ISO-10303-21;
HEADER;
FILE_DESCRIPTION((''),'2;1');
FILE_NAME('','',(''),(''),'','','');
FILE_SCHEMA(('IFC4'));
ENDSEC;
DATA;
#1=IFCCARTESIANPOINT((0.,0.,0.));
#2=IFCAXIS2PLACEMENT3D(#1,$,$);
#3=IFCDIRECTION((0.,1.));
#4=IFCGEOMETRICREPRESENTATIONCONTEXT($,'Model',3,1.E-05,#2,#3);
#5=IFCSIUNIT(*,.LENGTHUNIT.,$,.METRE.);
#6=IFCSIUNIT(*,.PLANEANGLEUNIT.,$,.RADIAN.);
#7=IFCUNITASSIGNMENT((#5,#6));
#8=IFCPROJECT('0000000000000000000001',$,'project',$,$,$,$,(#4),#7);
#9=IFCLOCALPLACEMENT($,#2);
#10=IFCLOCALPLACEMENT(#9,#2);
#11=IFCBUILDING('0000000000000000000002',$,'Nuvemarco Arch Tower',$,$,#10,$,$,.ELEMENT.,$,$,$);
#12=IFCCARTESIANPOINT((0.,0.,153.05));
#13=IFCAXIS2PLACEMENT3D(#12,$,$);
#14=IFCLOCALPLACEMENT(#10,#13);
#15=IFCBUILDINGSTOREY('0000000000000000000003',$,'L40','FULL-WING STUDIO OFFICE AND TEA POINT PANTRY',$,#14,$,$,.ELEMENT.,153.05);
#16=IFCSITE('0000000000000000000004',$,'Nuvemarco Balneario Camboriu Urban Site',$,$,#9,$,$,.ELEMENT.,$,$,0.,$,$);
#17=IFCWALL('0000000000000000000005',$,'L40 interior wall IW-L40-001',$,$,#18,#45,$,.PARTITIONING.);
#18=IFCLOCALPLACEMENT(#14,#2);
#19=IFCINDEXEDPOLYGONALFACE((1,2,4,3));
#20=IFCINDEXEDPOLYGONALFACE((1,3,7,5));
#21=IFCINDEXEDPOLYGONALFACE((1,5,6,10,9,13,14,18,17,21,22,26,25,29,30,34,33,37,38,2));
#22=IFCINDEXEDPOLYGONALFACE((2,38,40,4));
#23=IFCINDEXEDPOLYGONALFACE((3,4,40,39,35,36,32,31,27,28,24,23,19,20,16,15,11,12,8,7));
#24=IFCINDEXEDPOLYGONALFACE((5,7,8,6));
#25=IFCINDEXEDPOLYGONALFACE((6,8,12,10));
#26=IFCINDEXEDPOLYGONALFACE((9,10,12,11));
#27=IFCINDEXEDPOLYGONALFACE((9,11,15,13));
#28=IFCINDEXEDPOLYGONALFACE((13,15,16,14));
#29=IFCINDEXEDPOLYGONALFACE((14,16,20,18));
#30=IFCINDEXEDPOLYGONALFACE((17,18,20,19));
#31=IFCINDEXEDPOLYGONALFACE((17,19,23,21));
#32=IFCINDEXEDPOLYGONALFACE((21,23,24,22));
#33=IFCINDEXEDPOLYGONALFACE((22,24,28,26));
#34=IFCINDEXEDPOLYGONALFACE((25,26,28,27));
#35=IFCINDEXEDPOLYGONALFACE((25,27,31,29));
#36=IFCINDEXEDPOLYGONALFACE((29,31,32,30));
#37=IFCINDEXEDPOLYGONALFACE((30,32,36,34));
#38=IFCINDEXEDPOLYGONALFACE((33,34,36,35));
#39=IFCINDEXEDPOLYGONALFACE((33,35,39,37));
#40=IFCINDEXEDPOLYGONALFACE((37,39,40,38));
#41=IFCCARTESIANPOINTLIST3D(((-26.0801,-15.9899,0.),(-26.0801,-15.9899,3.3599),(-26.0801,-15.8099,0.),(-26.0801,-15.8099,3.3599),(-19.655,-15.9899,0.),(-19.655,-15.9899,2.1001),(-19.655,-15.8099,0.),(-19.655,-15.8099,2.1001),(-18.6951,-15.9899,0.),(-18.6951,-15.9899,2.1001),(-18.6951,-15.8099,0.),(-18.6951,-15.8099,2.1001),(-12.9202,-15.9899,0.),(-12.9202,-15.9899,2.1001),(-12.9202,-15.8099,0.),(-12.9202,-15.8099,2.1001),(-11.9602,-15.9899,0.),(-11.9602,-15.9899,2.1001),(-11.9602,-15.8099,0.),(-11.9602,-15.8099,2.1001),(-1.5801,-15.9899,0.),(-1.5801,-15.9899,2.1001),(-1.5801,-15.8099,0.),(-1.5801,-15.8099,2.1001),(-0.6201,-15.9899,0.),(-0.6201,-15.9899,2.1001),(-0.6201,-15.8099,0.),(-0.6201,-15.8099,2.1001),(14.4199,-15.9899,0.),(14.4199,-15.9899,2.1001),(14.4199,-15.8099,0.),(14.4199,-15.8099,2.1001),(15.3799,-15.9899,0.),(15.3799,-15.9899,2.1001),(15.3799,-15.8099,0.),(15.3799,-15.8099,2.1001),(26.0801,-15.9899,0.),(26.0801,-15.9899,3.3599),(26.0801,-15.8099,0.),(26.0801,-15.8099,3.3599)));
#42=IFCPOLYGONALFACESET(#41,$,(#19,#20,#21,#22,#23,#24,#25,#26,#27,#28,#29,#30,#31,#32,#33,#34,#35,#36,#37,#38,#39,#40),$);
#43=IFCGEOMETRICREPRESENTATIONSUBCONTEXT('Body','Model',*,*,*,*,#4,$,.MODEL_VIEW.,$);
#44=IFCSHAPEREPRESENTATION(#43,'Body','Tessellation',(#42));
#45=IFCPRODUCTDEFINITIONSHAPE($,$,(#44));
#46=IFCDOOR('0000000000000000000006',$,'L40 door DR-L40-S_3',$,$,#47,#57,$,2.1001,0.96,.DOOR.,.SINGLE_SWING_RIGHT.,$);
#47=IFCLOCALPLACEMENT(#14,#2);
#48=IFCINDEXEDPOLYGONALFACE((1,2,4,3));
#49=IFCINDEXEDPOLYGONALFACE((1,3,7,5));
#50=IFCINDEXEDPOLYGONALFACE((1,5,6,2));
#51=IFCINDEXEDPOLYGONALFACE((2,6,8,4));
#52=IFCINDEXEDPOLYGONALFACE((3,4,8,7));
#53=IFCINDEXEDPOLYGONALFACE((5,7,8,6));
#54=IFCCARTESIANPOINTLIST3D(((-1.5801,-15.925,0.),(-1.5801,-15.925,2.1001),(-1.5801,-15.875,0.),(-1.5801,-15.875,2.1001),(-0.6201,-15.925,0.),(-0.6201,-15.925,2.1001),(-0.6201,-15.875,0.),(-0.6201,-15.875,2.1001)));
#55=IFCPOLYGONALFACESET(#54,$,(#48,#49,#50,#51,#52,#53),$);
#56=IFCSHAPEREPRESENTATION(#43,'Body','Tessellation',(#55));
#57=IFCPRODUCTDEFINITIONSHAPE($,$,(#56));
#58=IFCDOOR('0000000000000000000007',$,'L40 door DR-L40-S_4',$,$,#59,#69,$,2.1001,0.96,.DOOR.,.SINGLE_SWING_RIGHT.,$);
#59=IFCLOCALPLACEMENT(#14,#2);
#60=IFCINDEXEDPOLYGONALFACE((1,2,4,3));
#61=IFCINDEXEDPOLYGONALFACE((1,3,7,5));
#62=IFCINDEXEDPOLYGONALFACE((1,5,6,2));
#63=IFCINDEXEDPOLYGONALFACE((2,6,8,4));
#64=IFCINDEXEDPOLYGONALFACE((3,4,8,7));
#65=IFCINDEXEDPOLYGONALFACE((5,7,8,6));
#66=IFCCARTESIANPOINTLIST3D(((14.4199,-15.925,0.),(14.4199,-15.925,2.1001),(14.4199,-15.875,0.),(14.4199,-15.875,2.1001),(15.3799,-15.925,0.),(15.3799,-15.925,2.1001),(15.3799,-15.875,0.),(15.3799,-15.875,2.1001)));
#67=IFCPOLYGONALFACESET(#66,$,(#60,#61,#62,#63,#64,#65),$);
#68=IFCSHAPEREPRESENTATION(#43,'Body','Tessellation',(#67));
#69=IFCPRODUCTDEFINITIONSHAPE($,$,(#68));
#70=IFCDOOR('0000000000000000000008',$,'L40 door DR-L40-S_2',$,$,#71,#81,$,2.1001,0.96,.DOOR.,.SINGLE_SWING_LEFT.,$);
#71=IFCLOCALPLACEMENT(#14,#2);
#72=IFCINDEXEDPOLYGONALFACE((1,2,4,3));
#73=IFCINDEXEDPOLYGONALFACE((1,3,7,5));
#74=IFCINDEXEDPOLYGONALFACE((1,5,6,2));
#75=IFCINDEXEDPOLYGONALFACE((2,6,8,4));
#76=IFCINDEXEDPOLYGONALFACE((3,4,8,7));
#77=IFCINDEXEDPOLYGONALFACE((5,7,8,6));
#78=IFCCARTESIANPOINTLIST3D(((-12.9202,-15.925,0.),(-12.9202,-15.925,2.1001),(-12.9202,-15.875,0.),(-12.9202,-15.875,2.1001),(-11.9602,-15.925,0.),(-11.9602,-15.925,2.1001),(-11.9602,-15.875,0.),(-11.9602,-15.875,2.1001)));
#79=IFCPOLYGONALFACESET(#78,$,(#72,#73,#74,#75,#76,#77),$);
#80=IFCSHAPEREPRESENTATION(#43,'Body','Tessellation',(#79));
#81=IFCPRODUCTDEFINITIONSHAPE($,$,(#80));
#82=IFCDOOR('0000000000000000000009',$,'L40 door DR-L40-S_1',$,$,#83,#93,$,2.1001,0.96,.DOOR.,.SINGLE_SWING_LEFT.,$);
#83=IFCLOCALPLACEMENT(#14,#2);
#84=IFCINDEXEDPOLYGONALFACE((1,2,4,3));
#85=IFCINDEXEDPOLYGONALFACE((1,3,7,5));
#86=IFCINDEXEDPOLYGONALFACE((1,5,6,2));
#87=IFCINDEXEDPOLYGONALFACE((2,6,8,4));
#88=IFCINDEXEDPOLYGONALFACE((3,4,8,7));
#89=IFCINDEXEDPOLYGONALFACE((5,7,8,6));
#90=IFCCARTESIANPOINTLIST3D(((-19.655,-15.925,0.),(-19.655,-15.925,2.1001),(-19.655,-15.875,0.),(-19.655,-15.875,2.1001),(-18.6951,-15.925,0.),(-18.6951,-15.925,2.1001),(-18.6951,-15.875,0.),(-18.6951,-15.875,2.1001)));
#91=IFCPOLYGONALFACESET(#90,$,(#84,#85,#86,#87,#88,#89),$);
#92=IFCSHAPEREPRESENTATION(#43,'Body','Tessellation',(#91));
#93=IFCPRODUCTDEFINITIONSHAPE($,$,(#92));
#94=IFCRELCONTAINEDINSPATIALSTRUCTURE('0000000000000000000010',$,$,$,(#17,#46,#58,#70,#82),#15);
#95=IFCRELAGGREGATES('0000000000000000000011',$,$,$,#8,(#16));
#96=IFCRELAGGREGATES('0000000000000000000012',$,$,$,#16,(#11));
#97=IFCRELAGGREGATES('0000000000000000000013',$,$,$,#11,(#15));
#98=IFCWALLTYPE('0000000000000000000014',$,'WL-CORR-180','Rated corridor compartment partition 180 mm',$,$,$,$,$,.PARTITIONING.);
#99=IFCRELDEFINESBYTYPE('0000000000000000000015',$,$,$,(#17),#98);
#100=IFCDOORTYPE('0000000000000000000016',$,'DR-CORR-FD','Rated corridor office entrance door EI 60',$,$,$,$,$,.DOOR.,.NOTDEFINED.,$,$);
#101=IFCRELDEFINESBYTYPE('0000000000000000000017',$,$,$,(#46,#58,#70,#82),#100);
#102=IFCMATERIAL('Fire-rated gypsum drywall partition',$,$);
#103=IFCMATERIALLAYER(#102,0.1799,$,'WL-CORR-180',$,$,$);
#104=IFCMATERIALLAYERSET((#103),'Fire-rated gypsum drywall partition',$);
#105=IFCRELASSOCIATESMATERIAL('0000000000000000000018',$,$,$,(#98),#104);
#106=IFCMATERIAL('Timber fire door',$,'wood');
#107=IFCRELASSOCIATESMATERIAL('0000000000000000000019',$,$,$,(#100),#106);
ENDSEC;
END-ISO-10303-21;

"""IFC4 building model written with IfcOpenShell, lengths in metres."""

from ifc_helpers import new_model, si_unit, direction, frame, frame_2d, origin, place, context, subcontext, project, spatial, rectangle, extrude, source, transform, mapped, material, layer, layer_set, type_object, type_shapes, element, fill, save


model = new_model("IFC4")

# Units and contexts
model_context = context("Model", 3, precision=1e-05, world=origin(), true_north=direction((0.0, 1.0)))
body_context = subcontext(model_context, "Body", "Model", "MODEL_VIEW")
ifc_project = project(units=[si_unit("LENGTHUNIT", "METRE"), si_unit("PLANEANGLEUNIT", "RADIAN")], contexts=[model_context])

# Site, building, storey
site_placement = place(None, origin())
site = spatial("IfcSite", under=ifc_project, at=site_placement, Name="Nuvemarco Balneario Camboriu Urban Site", CompositionType="ELEMENT", RefElevation=0.0)
building_placement = place(site_placement, origin())
building = spatial("IfcBuilding", under=site, at=building_placement, Name="Nuvemarco Arch Tower", CompositionType="ELEMENT")
storey_placement = place(building_placement, frame((0.0, 0.0, 153.05)))
storey = spatial("IfcBuildingStorey", under=building, at=storey_placement, Name="L40", Description="FULL-WING STUDIO OFFICE AND TEA POINT PANTRY", CompositionType="ELEMENT", Elevation=153.05)

# Wall, openings, doors
ifc_material_1 = material(Name="Fire-rated gypsum drywall partition")
ifc_layer = layer(ifc_material_1, 0.1799, Name="WL-CORR-180")
ifc_layer_set = layer_set([ifc_layer], Name="Fire-rated gypsum drywall partition")
wall_type = type_object("IfcWallType", Name="WL-CORR-180", Description="Rated corridor compartment partition 180 mm", PredefinedType="PARTITIONING", material=ifc_layer_set)
wall_1_placement = place(storey_placement, frame((-26.0801, -15.8999, 0.0), z_axis=(0.0, 0.0, 1.0), x_axis=(1.0, 0.0, 0.0)))
wall_1 = element("IfcWall", 1, at=wall_1_placement, inside=storey, type_object=wall_type, Name="L40 interior wall IW-L40-001", PredefinedType="PARTITIONING", context=body_context, shape_type="SweptSolid", body=[
    extrude(rectangle(XDim=52.1602, YDim=0.1799, at=frame_2d((26.0801, 0.0))), origin(), (0.0, 0.0, 1.0), 3.3599),
])
opening_1_placement = place(wall_1_placement, frame((24.5, 0.0, 0.0)))
opening_1 = element("IfcOpeningElement", 2, at=opening_1_placement, cuts=wall_1, PredefinedType="OPENING", context=body_context, shape_type="SweptSolid", body=[
    extrude(rectangle(XDim=0.96, YDim=2.1001, at=frame_2d((0.48, 1.05))), frame((0.0, 0.0999, 0.0), z_axis=(0.0, -1.0, 0.0), x_axis=(1.0, 0.0, 0.0)), (0.0, 0.0, 1.0), 0.2),
])
opening_2_placement = place(wall_1_placement, frame((40.5, 0.0, 0.0)))
opening_2 = element("IfcOpeningElement", 3, at=opening_2_placement, cuts=wall_1, PredefinedType="OPENING", context=body_context, shape_type="SweptSolid", body=[
    extrude(rectangle(XDim=0.96, YDim=2.1001, at=frame_2d((0.48, 1.05))), frame((0.0, 0.0999, 0.0), z_axis=(0.0, -1.0, 0.0), x_axis=(1.0, 0.0, 0.0)), (0.0, 0.0, 1.0), 0.2),
])
opening_3_placement = place(wall_1_placement, frame((13.1599, 0.0, 0.0)))
opening_3 = element("IfcOpeningElement", 4, at=opening_3_placement, cuts=wall_1, PredefinedType="OPENING", context=body_context, shape_type="SweptSolid", body=[
    extrude(rectangle(XDim=0.96, YDim=2.1001, at=frame_2d((0.48, 1.05))), frame((0.0, 0.0999, 0.0), z_axis=(0.0, -1.0, 0.0), x_axis=(1.0, 0.0, 0.0)), (0.0, 0.0, 1.0), 0.2),
])
opening_4_placement = place(wall_1_placement, frame((6.425, 0.0, 0.0)))
opening_4 = element("IfcOpeningElement", 5, at=opening_4_placement, cuts=wall_1, PredefinedType="OPENING", context=body_context, shape_type="SweptSolid", body=[
    extrude(rectangle(XDim=0.96, YDim=2.1001, at=frame_2d((0.48, 1.05))), frame((0.0, 0.0999, 0.0), z_axis=(0.0, -1.0, 0.0), x_axis=(1.0, 0.0, 0.0)), (0.0, 0.0, 1.0), 0.2),
])
ifc_material_2 = material(Name="Timber fire door", Category="wood")
door_type_1 = type_object("IfcDoorType", Name="DR-CORR-FD", Description="Rated corridor office entrance door EI 60", OperationType="NOTDEFINED", PredefinedType="DOOR", material=ifc_material_2)
shared_shape_1 = source(origin(), body_context, "Body", "SweptSolid", [
    extrude(rectangle(XDim=0.96, YDim=2.1001, at=frame_2d((0.48, 1.05))), frame((0.0, 0.0249, 0.0), z_axis=(0.0, -1.0, 0.0), x_axis=(1.0, 0.0, 0.0)), (0.0, 0.0, 1.0), 0.05),
])
type_shapes(door_type_1, [shared_shape_1])
door_1_placement = place(opening_1_placement, origin())
door_1 = element("IfcDoor", 6, at=door_1_placement, inside=storey, type_object=door_type_1, Name="L40 door DR-L40-S_3", OperationType="SINGLE_SWING_RIGHT", OverallHeight=2.1001, OverallWidth=0.96, PredefinedType="DOOR", context=body_context, shape_type="MappedRepresentation", body=[
    mapped(shared_shape_1, transform((0.0, 0.0, 0.0), scale=1.0)),
])
fill(opening_1, door_1)
door_2_placement = place(opening_2_placement, origin())
door_2 = element("IfcDoor", 7, at=door_2_placement, inside=storey, type_object=door_type_1, Name="L40 door DR-L40-S_4", OperationType="SINGLE_SWING_RIGHT", OverallHeight=2.1001, OverallWidth=0.96, PredefinedType="DOOR", context=body_context, shape_type="MappedRepresentation", body=[
    mapped(shared_shape_1, transform((0.0, 0.0, 0.0), scale=1.0)),
])
fill(opening_2, door_2)
door_3_placement = place(opening_3_placement, origin())
door_3 = element("IfcDoor", 8, at=door_3_placement, inside=storey, type_object=door_type_1, Name="L40 door DR-L40-S_2", OperationType="SINGLE_SWING_LEFT", OverallHeight=2.1001, OverallWidth=0.96, PredefinedType="DOOR", context=body_context, shape_type="MappedRepresentation", body=[
    mapped(shared_shape_1, transform((0.0, 0.0, 0.0), scale=1.0)),
])
fill(opening_3, door_3)
door_4_placement = place(opening_4_placement, origin())
door_4 = element("IfcDoor", 9, at=door_4_placement, inside=storey, type_object=door_type_1, Name="L40 door DR-L40-S_1", OperationType="SINGLE_SWING_LEFT", OverallHeight=2.1001, OverallWidth=0.96, PredefinedType="DOOR", context=body_context, shape_type="MappedRepresentation", body=[
    mapped(shared_shape_1, transform((0.0, 0.0, 0.0), scale=1.0)),
])
fill(opening_4, door_4)

save(model, "model.ifc")
